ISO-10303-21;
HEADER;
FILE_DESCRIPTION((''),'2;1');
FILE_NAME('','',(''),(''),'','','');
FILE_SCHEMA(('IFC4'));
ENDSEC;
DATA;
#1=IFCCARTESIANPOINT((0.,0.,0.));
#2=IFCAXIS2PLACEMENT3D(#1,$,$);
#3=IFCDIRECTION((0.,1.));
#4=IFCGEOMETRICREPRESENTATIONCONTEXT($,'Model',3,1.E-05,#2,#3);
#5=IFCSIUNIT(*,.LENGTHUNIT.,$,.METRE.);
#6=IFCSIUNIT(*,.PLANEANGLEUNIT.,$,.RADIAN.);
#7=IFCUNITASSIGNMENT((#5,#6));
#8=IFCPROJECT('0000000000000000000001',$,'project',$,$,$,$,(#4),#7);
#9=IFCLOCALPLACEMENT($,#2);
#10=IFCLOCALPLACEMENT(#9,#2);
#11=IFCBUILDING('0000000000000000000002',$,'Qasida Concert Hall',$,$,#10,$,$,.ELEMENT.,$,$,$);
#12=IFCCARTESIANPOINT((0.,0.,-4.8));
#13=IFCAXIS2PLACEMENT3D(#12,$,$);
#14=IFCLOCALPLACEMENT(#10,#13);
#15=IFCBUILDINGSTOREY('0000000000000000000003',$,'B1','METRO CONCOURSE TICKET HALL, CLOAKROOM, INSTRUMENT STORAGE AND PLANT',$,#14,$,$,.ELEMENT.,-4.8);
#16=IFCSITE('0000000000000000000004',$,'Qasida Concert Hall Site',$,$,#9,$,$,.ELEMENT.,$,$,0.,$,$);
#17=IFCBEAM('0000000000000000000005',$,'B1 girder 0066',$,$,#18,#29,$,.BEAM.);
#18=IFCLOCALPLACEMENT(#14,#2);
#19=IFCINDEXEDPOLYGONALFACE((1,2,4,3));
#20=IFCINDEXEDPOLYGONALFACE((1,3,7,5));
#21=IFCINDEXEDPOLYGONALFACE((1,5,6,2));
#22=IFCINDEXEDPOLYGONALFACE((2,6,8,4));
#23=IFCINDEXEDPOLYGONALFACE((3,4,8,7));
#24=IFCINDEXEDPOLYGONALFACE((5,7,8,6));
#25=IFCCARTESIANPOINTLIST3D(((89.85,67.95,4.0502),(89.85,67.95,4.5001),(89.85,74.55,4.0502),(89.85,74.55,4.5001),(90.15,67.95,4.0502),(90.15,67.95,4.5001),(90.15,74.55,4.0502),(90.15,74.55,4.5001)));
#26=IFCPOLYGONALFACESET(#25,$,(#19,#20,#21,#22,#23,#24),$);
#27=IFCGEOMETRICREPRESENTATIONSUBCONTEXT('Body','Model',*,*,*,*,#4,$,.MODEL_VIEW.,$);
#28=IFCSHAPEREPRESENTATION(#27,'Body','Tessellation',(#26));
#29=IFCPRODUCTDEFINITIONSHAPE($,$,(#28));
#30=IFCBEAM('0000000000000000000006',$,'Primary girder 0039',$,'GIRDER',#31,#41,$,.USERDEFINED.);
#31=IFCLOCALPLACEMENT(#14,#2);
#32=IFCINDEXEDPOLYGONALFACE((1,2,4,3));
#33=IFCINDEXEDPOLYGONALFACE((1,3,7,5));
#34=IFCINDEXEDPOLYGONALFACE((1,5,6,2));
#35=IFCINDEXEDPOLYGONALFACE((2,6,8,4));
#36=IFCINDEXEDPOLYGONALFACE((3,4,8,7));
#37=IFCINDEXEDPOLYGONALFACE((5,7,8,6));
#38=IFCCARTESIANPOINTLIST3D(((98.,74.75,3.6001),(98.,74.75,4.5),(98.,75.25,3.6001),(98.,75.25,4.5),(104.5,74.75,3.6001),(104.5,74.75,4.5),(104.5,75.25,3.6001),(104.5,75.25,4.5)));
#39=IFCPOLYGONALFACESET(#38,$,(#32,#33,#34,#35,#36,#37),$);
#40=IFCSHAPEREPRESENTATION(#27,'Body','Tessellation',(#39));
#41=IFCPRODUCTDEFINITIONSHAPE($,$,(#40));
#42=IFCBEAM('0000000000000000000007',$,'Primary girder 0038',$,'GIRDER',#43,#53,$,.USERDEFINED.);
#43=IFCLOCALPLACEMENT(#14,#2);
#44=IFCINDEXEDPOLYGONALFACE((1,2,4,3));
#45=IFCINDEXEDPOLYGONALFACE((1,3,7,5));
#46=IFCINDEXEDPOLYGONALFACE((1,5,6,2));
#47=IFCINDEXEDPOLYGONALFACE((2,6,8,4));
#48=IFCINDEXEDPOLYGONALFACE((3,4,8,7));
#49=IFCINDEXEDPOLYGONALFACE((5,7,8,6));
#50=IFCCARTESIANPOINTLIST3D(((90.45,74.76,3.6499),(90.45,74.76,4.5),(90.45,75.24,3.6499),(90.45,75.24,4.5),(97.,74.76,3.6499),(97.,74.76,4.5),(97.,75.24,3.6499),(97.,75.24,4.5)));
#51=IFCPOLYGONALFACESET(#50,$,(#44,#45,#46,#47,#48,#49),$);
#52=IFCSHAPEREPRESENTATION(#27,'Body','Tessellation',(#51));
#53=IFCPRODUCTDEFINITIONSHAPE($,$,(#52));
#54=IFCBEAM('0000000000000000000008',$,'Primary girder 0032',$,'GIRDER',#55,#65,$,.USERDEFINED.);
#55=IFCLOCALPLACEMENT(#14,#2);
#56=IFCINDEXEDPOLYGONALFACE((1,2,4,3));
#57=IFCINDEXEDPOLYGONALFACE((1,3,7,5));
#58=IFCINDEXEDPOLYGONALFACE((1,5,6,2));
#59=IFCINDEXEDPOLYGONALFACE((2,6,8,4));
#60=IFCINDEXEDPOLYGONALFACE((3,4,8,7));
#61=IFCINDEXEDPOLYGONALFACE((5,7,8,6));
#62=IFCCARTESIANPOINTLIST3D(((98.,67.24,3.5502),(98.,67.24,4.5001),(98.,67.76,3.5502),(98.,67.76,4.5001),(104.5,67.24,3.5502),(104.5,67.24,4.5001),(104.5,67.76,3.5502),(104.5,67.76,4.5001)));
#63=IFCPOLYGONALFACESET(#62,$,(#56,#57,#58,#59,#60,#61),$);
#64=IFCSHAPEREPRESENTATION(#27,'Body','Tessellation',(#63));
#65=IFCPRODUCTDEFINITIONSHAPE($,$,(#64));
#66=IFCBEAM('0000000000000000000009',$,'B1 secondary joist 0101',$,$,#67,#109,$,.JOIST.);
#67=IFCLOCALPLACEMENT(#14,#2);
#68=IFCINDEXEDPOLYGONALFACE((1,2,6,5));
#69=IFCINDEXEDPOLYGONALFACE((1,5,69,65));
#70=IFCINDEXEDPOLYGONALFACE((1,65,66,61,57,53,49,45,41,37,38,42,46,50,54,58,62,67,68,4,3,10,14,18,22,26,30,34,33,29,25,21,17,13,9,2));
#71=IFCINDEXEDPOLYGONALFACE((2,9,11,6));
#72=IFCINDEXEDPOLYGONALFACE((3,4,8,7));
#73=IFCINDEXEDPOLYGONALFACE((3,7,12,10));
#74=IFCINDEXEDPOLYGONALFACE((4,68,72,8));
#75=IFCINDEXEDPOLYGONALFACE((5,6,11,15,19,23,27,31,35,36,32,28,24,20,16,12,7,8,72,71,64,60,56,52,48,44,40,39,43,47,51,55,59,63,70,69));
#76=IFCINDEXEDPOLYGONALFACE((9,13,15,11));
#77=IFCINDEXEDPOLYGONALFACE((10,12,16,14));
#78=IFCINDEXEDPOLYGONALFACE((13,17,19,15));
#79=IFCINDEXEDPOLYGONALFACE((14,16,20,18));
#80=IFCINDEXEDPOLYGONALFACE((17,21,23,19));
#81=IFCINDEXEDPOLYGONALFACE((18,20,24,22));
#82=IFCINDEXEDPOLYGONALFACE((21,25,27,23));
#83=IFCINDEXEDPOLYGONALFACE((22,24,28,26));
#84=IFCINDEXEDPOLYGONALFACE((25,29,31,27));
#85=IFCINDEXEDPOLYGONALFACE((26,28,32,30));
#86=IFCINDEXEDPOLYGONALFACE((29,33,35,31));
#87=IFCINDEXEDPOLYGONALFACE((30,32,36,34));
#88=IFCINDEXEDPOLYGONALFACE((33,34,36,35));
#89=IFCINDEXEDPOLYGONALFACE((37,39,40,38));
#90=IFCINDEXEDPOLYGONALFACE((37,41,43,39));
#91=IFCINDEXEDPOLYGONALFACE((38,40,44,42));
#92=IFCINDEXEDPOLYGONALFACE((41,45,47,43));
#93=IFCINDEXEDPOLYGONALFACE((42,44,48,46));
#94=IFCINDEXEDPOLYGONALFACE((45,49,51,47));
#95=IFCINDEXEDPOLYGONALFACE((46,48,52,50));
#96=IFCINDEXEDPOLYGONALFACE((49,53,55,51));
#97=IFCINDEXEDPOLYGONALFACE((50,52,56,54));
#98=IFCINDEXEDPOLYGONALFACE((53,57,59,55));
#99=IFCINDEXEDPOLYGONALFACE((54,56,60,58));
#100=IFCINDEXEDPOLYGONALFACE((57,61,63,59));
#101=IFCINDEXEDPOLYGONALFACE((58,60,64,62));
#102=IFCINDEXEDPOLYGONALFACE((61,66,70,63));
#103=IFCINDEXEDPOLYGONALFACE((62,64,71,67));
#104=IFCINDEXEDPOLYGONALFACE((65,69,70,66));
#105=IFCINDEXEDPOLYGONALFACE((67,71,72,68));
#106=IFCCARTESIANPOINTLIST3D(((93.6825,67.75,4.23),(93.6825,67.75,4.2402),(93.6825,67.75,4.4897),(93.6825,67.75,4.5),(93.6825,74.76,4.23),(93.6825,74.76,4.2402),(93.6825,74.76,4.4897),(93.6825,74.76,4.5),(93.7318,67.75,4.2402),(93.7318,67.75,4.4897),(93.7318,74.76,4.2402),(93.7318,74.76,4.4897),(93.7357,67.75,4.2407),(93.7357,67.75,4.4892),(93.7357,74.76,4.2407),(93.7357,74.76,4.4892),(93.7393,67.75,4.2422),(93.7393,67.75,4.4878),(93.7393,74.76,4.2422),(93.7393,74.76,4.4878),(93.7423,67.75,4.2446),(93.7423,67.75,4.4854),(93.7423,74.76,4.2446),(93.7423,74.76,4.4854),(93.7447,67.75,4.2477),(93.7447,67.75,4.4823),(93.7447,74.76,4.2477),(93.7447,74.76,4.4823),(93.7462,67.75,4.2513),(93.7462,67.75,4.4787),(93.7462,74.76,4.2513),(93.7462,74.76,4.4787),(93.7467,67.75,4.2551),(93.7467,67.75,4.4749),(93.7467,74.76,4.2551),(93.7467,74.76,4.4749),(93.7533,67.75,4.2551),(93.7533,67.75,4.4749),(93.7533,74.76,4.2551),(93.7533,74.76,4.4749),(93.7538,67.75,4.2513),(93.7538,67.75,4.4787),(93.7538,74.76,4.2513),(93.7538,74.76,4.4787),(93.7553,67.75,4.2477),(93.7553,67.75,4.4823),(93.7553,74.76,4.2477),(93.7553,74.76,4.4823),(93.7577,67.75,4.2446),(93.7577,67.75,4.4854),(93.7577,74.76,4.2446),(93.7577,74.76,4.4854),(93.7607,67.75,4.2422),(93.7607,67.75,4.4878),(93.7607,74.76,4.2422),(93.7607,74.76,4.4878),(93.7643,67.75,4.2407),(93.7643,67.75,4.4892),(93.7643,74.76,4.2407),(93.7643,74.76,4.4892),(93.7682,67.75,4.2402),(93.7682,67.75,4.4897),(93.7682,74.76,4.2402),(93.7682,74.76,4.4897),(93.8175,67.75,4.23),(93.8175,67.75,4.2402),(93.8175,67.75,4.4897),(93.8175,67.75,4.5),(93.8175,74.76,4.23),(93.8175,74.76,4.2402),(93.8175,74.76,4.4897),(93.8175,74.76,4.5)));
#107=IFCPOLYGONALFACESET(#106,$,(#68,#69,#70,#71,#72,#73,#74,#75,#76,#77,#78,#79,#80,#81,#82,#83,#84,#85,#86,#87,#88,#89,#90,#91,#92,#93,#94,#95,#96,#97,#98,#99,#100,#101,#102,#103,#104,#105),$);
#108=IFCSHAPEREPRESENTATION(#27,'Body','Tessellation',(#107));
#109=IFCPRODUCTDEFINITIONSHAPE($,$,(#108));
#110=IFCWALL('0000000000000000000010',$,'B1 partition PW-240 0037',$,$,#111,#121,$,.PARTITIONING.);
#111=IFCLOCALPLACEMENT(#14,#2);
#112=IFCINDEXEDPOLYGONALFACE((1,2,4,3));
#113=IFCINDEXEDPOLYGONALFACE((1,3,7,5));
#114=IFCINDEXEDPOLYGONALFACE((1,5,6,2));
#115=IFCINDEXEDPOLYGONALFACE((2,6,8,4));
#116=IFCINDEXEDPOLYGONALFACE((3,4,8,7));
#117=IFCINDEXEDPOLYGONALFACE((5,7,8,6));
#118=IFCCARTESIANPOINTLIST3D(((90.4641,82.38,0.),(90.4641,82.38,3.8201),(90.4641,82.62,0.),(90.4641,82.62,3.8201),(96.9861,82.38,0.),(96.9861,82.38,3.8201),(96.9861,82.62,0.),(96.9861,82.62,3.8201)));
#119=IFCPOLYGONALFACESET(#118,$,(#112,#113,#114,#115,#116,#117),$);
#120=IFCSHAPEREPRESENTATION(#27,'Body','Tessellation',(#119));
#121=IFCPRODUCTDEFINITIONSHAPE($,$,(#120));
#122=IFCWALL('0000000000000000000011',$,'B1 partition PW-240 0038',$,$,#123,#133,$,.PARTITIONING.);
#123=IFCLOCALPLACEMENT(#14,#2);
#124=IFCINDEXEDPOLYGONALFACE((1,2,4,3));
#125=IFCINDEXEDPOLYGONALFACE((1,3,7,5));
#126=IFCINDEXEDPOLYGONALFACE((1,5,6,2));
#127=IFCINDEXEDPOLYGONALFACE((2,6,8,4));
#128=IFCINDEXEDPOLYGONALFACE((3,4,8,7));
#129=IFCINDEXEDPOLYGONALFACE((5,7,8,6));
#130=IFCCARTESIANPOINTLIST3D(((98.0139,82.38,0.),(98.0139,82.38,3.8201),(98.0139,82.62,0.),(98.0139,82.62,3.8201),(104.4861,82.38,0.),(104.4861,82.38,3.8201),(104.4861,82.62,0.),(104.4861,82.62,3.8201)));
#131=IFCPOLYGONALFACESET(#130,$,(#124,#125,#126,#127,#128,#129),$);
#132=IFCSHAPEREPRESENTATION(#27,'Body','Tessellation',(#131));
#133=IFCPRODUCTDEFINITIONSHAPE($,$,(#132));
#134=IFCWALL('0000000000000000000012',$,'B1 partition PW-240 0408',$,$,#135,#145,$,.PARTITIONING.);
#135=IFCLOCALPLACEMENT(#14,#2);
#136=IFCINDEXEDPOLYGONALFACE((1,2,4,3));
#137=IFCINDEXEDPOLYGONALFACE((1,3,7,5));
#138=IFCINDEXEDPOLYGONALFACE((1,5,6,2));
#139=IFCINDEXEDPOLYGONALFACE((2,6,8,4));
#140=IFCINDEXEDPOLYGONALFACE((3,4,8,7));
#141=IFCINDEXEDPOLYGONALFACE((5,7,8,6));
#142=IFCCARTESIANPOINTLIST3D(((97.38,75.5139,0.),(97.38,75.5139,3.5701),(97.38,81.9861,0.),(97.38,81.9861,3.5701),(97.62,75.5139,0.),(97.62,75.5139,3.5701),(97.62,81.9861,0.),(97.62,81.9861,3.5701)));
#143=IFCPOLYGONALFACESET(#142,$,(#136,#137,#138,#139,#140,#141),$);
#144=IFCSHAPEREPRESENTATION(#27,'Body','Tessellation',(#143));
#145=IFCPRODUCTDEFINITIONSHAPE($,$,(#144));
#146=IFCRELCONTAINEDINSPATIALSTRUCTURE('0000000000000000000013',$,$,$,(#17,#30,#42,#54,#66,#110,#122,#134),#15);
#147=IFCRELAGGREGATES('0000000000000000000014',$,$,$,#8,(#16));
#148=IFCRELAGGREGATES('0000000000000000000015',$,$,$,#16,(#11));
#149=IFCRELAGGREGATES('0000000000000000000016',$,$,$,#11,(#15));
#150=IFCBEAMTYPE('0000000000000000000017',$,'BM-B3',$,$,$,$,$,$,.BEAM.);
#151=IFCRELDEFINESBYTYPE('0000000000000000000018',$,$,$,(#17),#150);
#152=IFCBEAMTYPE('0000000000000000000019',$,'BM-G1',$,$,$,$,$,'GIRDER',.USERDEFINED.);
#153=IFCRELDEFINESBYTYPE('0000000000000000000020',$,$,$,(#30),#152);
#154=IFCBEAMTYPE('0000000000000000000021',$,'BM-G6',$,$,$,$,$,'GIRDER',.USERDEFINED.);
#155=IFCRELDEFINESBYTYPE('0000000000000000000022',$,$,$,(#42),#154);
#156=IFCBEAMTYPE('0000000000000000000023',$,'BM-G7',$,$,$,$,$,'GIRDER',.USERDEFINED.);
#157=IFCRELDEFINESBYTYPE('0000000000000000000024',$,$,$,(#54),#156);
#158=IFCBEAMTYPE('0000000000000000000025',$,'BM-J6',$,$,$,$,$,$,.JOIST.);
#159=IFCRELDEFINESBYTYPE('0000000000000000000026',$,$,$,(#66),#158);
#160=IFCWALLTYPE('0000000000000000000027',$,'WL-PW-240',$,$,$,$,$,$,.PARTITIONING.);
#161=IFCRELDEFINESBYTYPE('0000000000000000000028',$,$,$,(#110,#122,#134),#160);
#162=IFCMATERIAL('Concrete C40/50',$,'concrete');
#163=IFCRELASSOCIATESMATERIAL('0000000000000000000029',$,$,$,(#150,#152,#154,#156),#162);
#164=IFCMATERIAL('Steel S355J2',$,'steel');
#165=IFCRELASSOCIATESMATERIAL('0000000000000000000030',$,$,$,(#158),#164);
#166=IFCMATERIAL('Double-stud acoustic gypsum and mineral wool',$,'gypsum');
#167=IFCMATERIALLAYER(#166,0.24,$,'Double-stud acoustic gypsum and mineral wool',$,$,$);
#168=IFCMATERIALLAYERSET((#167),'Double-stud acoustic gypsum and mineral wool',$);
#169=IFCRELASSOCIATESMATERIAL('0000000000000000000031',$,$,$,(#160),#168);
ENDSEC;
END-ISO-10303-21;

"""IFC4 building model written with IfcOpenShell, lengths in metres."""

from ifc_helpers import new_model, si_unit, direction, frame, frame_2d, origin, origin_2d, place, context, subcontext, project, spatial, rectangle, i_section, extrude, material, layer, layer_set, material_profile, profile_set, type_object, element, save


model = new_model("IFC4")

# Units and contexts
model_context = context("Model", 3, precision=1e-05, world=origin(), true_north=direction((0.0, 1.0)))
body_context = subcontext(model_context, "Body", "Model", "MODEL_VIEW")
ifc_project = project(units=[si_unit("LENGTHUNIT", "METRE"), si_unit("PLANEANGLEUNIT", "RADIAN")], contexts=[model_context])

# Site, building, storey
site_placement = place(None, origin())
site = spatial("IfcSite", under=ifc_project, at=site_placement, Name="Qasida Concert Hall Site", CompositionType="ELEMENT", RefElevation=0.0)
building_placement = place(site_placement, origin())
building = spatial("IfcBuilding", under=site, at=building_placement, Name="Qasida Concert Hall", CompositionType="ELEMENT")
storey_placement = place(building_placement, frame((0.0, 0.0, -4.8)))
storey = spatial("IfcBuildingStorey", under=building, at=storey_placement, Name="B1", Description="METRO CONCOURSE TICKET HALL, CLOAKROOM, INSTRUMENT STORAGE AND PLANT", CompositionType="ELEMENT", Elevation=-4.8)

# Shared definitions
ifc_material_1 = material(Name="Concrete C40/50", Category="concrete")

# Beams
ifc_material_2 = material(Name="Steel S355J2", Category="steel")
ifc_material_profile_1 = material_profile(ifc_material_1, rectangle(XDim=0.3, YDim=0.45, at=origin_2d()), Name="RC 300x450")
ifc_profile_set_1 = profile_set([ifc_material_profile_1], Name="Concrete C40/50")
beam_type_1 = type_object("IfcBeamType", Name="BM-B3", PredefinedType="BEAM", material=ifc_profile_set_1)
beam_1_placement = place(storey_placement, frame((90.0, 67.95, 4.2751), z_axis=(0.0, 1.0, 0.0), x_axis=(-1.0, 0.0, 0.0)))
element("IfcBeam", 1, at=beam_1_placement, inside=storey, type_object=beam_type_1, Name="B1 girder 0066", PredefinedType="BEAM", context=body_context, shape_type="SweptSolid", body=[
    extrude(rectangle(XDim=0.3, YDim=0.45, at=origin_2d()), origin(), (0.0, 0.0, 1.0), 6.6001),
])
ifc_material_profile_2 = material_profile(ifc_material_1, rectangle(XDim=0.5, YDim=0.8999, at=origin_2d()), Name="RC 500x900")
ifc_profile_set_2 = profile_set([ifc_material_profile_2], Name="Concrete C40/50")
beam_type_2 = type_object("IfcBeamType", Name="BM-G1", ElementType="GIRDER", PredefinedType="USERDEFINED", material=ifc_profile_set_2)
beam_2_placement = place(storey_placement, frame((98.0, 75.0, 4.05), z_axis=(1.0, 0.0, 0.0), x_axis=(0.0, 1.0, 0.0)))
element("IfcBeam", 2, at=beam_2_placement, inside=storey, type_object=beam_type_2, Name="Primary girder 0039", ObjectType="GIRDER", PredefinedType="USERDEFINED", context=body_context, shape_type="SweptSolid", body=[
    extrude(rectangle(XDim=0.5, YDim=0.8999, at=origin_2d()), origin(), (0.0, 0.0, 1.0), 6.5),
])
ifc_material_profile_3 = material_profile(ifc_material_1, rectangle(XDim=0.48, YDim=0.8501, at=origin_2d()), Name="RC 480x850")
ifc_profile_set_3 = profile_set([ifc_material_profile_3], Name="Concrete C40/50")
beam_type_3 = type_object("IfcBeamType", Name="BM-G6", ElementType="GIRDER", PredefinedType="USERDEFINED", material=ifc_profile_set_3)
beam_3_placement = place(storey_placement, frame((90.45, 75.0, 4.075), z_axis=(1.0, 0.0, 0.0), x_axis=(0.0, 1.0, 0.0)))
element("IfcBeam", 3, at=beam_3_placement, inside=storey, type_object=beam_type_3, Name="Primary girder 0038", ObjectType="GIRDER", PredefinedType="USERDEFINED", context=body_context, shape_type="SweptSolid", body=[
    extrude(rectangle(XDim=0.48, YDim=0.8501, at=origin_2d()), origin(), (0.0, 0.0, 1.0), 6.55),
])
ifc_material_profile_4 = material_profile(ifc_material_1, rectangle(XDim=0.52, YDim=0.95, at=origin_2d()), Name="RC 520x950")
ifc_profile_set_4 = profile_set([ifc_material_profile_4], Name="Concrete C40/50")
beam_type_4 = type_object("IfcBeamType", Name="BM-G7", ElementType="GIRDER", PredefinedType="USERDEFINED", material=ifc_profile_set_4)
beam_4_placement = place(storey_placement, frame((98.0, 67.5, 4.0251), z_axis=(1.0, 0.0, 0.0), x_axis=(0.0, 1.0, 0.0)))
element("IfcBeam", 4, at=beam_4_placement, inside=storey, type_object=beam_type_4, Name="Primary girder 0032", ObjectType="GIRDER", PredefinedType="USERDEFINED", context=body_context, shape_type="SweptSolid", body=[
    extrude(rectangle(XDim=0.52, YDim=0.95, at=origin_2d()), origin(), (0.0, 0.0, 1.0), 6.5),
])
ifc_material_profile_5 = material_profile(ifc_material_2, i_section(OverallWidth=0.135, OverallDepth=0.27, WebThickness=0.0066, FlangeThickness=0.0103, FilletRadius=0.0149, at=origin_2d()), Name="IPE 270")
ifc_profile_set_5 = profile_set([ifc_material_profile_5], Name="Steel S355J2")
beam_type_5 = type_object("IfcBeamType", Name="BM-J6", PredefinedType="JOIST", material=ifc_profile_set_5)
beam_5_placement = place(storey_placement, frame((93.75, 67.75, 4.365), z_axis=(0.0, 1.0, 0.0), x_axis=(-1.0, 0.0, 0.0)))
element("IfcBeam", 5, at=beam_5_placement, inside=storey, type_object=beam_type_5, Name="B1 secondary joist 0101", PredefinedType="JOIST", context=body_context, shape_type="SweptSolid", body=[
    extrude(i_section(OverallWidth=0.135, OverallDepth=0.27, WebThickness=0.0066, FlangeThickness=0.0103, FilletRadius=0.0149, at=origin_2d()), origin(), (0.0, 0.0, 1.0), 7.01),
])

# Walls
ifc_material_3 = material(Name="Double-stud acoustic gypsum and mineral wool", Category="gypsum")
ifc_layer = layer(ifc_material_3, 0.24, Name="Double-stud acoustic gypsum and mineral wool")
ifc_layer_set = layer_set([ifc_layer], Name="Double-stud acoustic gypsum and mineral wool")
wall_type = type_object("IfcWallType", Name="WL-PW-240", PredefinedType="PARTITIONING", material=ifc_layer_set)
wall_1_placement = place(storey_placement, frame((90.4641, 82.5, 0.0), z_axis=(0.0, 0.0, 1.0), x_axis=(1.0, 0.0, 0.0)))
element("IfcWall", 6, at=wall_1_placement, inside=storey, type_object=wall_type, Name="B1 partition PW-240 0037", PredefinedType="PARTITIONING", context=body_context, shape_type="SweptSolid", body=[
    extrude(rectangle(XDim=6.522, YDim=0.24, at=frame_2d((3.261, 0.0))), origin(), (0.0, 0.0, 1.0), 3.8201),
])
wall_2_placement = place(storey_placement, frame((98.0139, 82.5, 0.0), z_axis=(0.0, 0.0, 1.0), x_axis=(1.0, 0.0, 0.0)))
element("IfcWall", 7, at=wall_2_placement, inside=storey, type_object=wall_type, Name="B1 partition PW-240 0038", PredefinedType="PARTITIONING", context=body_context, shape_type="SweptSolid", body=[
    extrude(rectangle(XDim=6.4722, YDim=0.24, at=frame_2d((3.2361, 0.0))), origin(), (0.0, 0.0, 1.0), 3.8201),
])

# Wall
wall_3_placement = place(storey_placement, frame((97.5, 75.5139, 0.0), z_axis=(0.0, 0.0, 1.0), x_axis=(0.0, 1.0, 0.0)))
element("IfcWall", 8, at=wall_3_placement, inside=storey, type_object=wall_type, Name="B1 partition PW-240 0408", PredefinedType="PARTITIONING", context=body_context, shape_type="SweptSolid", body=[
    extrude(rectangle(XDim=6.4722, YDim=0.24, at=frame_2d((3.2361, 0.0))), origin(), (0.0, 0.0, 1.0), 3.5701),
])

save(model, "model.ifc")
